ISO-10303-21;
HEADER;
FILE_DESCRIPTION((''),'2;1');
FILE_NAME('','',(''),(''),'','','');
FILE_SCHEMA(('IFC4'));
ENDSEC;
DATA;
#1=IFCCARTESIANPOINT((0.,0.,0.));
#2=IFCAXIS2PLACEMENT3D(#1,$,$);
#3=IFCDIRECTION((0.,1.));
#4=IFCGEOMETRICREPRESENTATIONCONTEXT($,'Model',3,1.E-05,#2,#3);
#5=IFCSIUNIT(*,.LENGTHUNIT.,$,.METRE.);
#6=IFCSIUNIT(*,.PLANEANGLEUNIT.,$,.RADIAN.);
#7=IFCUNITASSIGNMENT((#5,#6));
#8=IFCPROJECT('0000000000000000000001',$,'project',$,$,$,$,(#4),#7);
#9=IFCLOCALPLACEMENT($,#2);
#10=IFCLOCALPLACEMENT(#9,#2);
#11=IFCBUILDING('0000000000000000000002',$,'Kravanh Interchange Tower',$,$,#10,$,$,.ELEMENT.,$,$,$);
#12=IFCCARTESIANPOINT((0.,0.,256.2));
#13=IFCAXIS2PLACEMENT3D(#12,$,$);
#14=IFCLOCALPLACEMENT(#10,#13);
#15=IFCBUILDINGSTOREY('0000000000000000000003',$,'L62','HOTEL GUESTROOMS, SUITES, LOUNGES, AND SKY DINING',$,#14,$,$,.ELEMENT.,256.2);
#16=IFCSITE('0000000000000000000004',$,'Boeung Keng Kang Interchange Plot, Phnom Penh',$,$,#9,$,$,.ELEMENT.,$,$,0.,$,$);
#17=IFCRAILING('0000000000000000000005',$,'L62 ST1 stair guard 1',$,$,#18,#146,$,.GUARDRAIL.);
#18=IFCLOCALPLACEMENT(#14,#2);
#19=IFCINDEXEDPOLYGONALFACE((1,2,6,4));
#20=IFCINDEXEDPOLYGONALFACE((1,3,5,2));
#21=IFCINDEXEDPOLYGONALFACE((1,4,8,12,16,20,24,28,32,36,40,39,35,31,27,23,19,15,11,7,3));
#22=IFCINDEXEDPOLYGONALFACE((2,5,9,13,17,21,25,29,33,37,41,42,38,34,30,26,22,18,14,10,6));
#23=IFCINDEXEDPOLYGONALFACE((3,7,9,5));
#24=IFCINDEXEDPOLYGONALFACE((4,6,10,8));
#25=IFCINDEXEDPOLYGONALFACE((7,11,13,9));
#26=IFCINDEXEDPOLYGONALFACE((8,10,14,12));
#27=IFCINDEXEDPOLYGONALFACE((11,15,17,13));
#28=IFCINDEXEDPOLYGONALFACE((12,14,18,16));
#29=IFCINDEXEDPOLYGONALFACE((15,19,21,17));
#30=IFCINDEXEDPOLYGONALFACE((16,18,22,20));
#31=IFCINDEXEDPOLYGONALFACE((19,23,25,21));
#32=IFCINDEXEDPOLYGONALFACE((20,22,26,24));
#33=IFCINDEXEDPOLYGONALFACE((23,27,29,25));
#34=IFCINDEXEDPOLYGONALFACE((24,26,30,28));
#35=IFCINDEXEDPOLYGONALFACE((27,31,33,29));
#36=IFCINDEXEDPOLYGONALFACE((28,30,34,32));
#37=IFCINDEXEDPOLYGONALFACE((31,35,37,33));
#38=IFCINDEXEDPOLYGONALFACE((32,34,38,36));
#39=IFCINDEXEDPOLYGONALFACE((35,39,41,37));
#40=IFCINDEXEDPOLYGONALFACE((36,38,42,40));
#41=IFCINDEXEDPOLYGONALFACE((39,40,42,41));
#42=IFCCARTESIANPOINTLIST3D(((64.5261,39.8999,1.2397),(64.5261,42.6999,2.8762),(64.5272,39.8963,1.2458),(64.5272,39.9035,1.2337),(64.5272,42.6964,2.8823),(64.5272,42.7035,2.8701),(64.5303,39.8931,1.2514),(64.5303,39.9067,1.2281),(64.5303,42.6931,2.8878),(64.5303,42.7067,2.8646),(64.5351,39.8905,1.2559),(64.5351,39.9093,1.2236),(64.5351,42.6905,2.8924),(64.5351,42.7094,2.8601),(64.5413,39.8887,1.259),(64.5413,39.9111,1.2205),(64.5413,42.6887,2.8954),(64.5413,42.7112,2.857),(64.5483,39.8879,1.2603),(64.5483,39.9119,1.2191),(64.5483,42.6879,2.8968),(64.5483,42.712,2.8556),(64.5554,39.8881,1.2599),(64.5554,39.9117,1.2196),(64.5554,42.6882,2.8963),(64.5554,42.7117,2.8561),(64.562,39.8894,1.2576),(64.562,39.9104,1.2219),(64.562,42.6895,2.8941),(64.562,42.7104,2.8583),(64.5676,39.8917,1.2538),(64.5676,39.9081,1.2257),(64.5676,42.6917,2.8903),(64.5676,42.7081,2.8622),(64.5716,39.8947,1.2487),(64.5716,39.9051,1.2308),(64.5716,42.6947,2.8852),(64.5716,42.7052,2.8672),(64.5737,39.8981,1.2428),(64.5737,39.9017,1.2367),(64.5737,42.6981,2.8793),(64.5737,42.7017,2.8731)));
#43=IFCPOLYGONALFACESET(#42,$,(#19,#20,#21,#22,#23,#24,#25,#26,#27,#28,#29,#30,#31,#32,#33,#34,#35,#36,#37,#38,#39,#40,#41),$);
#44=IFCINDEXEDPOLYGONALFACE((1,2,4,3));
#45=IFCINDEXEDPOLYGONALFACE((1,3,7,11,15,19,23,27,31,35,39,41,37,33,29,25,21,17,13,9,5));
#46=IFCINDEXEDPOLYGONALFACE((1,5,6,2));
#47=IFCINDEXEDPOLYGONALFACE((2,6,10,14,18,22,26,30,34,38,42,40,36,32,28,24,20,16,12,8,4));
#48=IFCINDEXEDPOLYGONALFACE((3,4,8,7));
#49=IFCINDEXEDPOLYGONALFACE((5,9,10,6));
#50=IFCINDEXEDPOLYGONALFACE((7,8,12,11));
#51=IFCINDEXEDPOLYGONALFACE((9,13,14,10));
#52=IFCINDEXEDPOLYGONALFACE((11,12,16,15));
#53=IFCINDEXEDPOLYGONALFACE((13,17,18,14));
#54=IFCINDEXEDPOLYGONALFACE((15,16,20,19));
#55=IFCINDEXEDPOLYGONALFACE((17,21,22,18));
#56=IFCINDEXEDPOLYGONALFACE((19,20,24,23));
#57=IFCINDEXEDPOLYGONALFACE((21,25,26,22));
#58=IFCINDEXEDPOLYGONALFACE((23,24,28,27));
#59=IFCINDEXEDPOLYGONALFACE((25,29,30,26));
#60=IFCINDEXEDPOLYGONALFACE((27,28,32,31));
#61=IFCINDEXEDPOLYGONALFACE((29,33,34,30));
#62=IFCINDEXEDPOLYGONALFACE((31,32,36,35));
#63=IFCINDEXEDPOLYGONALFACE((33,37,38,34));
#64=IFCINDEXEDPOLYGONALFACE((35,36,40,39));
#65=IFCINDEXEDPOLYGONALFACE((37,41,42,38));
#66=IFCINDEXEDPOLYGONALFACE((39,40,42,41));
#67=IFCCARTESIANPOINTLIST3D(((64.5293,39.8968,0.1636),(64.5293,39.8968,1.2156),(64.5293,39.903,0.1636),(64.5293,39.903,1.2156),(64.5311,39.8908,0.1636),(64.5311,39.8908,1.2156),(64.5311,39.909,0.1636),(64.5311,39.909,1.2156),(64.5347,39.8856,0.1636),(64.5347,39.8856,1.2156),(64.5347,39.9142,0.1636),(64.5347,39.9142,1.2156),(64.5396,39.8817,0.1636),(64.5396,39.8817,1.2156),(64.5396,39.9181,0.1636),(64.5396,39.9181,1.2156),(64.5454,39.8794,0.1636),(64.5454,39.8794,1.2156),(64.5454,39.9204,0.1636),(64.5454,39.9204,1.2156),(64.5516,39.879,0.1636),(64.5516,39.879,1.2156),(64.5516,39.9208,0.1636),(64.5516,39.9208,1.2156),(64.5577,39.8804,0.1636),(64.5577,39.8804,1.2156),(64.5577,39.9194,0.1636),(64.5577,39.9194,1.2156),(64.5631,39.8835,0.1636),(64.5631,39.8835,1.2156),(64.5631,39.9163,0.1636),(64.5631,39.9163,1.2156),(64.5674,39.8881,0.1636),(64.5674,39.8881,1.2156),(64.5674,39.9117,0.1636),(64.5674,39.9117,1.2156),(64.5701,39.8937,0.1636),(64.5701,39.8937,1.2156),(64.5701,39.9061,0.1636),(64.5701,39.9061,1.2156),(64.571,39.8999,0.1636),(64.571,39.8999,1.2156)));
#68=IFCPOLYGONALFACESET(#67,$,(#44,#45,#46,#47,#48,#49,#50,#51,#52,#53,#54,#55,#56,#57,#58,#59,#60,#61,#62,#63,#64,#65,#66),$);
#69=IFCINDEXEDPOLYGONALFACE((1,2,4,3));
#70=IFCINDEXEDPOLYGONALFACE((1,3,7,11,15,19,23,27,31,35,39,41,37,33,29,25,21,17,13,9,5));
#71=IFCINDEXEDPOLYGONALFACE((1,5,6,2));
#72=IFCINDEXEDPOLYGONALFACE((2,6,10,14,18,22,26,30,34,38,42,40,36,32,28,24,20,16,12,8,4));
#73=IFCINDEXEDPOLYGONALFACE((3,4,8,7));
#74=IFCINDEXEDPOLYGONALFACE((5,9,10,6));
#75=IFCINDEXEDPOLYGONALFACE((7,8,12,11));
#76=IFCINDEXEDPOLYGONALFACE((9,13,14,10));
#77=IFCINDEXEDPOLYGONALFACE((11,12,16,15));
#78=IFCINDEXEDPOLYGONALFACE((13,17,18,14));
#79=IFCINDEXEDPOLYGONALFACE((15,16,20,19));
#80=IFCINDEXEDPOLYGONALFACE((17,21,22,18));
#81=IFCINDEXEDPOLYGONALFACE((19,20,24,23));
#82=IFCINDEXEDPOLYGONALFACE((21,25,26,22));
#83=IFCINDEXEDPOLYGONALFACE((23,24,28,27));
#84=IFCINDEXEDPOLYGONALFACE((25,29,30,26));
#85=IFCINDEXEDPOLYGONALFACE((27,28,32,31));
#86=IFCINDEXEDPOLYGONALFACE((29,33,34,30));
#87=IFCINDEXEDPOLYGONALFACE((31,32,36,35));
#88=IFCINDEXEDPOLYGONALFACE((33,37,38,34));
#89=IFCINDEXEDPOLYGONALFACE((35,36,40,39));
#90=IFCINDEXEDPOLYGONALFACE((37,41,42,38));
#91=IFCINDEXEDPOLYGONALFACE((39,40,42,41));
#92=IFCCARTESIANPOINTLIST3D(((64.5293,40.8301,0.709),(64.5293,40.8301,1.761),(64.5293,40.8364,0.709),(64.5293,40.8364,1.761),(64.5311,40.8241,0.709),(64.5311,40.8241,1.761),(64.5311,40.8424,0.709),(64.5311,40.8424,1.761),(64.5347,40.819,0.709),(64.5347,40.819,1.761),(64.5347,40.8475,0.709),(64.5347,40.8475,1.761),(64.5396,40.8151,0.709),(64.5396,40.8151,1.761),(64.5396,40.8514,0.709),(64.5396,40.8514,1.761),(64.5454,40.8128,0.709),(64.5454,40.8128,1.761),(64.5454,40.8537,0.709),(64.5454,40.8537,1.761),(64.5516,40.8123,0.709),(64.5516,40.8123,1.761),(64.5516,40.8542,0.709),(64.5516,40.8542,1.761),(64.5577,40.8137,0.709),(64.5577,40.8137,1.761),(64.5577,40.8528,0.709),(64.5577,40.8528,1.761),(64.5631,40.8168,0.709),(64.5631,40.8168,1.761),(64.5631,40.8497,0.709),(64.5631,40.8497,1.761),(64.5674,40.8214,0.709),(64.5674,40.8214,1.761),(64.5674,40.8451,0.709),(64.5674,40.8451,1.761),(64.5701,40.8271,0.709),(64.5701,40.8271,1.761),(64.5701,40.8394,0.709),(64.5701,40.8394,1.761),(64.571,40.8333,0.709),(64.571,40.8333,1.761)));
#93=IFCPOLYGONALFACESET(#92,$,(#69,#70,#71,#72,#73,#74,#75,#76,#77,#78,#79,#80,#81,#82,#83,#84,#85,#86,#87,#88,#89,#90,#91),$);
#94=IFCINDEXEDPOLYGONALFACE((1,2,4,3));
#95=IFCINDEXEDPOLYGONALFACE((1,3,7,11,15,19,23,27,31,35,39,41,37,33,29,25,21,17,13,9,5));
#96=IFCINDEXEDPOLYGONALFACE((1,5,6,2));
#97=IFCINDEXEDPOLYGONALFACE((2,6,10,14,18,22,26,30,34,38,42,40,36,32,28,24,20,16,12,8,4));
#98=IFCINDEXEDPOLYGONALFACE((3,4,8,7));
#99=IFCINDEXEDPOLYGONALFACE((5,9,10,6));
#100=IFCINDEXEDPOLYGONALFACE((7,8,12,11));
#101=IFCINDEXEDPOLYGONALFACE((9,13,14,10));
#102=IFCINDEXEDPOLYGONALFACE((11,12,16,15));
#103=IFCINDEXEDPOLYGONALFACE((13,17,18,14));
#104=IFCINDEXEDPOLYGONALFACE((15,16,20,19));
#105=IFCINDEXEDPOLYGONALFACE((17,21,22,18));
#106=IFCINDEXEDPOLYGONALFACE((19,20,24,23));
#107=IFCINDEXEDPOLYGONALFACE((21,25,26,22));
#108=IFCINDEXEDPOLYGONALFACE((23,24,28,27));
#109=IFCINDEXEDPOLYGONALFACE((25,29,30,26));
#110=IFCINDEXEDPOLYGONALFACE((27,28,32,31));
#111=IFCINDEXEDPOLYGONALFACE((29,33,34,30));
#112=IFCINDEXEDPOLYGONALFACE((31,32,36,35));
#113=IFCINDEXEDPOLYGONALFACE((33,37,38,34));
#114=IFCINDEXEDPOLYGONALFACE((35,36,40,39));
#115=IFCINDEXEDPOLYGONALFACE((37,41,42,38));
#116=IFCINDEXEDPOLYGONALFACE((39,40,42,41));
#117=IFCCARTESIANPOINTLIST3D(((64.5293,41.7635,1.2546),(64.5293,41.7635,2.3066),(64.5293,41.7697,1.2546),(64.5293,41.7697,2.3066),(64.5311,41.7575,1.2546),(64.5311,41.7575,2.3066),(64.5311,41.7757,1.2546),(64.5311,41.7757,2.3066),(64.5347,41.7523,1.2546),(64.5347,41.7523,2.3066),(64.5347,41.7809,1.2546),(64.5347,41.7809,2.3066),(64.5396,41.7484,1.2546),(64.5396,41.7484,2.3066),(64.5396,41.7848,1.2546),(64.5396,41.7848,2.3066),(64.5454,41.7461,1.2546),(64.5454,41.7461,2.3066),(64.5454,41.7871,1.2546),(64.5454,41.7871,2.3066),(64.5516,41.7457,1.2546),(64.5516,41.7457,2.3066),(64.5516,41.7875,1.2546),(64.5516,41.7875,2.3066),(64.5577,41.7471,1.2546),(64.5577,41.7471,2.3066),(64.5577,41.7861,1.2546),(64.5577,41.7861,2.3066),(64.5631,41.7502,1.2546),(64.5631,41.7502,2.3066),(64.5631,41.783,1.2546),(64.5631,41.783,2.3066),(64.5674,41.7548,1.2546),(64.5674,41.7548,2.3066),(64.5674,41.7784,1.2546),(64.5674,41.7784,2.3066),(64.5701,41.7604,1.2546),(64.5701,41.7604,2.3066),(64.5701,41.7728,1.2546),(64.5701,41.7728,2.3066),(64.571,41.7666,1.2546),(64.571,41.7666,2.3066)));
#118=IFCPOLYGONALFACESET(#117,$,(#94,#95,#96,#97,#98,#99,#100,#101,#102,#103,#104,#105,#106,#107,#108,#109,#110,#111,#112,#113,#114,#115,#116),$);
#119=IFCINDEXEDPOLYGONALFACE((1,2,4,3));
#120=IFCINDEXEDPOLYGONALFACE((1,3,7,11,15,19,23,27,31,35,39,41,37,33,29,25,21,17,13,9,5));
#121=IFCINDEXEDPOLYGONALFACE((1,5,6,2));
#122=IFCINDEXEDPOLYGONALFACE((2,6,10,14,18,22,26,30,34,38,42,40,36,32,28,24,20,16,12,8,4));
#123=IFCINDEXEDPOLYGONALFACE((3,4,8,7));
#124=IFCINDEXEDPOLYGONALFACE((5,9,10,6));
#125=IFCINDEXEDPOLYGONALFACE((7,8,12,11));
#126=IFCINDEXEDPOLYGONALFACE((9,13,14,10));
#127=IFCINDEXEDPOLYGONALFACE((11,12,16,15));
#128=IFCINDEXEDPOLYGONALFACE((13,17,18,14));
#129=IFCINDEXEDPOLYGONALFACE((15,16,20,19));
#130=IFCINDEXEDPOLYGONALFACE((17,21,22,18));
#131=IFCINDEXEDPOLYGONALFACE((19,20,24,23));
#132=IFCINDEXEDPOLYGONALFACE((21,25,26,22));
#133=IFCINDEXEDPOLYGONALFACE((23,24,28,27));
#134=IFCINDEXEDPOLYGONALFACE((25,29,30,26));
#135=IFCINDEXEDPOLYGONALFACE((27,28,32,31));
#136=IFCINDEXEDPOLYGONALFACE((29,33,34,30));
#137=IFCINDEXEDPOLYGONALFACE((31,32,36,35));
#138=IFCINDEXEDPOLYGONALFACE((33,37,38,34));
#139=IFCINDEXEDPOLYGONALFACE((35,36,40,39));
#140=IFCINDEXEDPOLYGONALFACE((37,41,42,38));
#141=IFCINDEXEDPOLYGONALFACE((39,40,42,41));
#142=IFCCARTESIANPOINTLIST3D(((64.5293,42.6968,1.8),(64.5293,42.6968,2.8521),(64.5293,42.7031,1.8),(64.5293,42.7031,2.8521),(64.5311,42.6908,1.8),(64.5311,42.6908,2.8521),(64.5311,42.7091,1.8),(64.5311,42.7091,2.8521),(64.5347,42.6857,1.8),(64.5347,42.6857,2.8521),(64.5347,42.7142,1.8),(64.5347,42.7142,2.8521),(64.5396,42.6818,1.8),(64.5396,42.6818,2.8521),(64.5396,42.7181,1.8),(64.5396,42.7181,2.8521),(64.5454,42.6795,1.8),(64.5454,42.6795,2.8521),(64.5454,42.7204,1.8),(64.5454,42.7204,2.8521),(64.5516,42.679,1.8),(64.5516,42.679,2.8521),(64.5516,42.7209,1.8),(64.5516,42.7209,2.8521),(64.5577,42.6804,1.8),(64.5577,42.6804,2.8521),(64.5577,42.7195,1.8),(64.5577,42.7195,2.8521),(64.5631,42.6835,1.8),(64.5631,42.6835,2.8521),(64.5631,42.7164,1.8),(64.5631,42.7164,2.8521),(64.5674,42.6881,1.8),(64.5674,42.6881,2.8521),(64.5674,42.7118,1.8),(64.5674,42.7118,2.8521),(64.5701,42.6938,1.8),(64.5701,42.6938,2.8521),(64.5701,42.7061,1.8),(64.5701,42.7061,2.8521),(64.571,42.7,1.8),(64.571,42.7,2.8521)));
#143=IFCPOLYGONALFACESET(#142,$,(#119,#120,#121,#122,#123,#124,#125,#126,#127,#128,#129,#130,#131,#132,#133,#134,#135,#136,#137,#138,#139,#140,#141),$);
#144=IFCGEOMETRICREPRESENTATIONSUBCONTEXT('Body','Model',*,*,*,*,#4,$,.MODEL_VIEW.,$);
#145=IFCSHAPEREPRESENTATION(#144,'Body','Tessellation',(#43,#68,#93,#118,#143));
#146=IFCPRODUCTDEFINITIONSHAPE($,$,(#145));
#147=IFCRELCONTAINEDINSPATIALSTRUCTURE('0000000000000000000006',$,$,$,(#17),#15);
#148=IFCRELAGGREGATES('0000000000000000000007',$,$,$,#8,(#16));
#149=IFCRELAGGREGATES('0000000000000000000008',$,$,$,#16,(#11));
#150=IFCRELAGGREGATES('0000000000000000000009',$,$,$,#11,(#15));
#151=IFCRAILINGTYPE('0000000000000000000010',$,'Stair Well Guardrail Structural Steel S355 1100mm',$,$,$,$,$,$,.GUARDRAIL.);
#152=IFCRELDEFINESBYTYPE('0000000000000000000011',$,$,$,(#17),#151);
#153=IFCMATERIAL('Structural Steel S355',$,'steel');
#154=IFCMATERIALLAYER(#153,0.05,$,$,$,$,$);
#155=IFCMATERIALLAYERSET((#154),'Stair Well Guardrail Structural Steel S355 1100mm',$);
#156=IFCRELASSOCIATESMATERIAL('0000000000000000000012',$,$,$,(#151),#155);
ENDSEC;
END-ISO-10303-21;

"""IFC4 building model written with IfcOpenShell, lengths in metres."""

from ifc_helpers import new_model, si_unit, direction, frame, origin, origin_2d, place, context, subcontext, project, spatial, circle, extrude, material, layer, layer_set, type_object, element, save


model = new_model("IFC4")

# Units and contexts
model_context = context("Model", 3, precision=1e-05, world=origin(), true_north=direction((0.0, 1.0)))
body_context = subcontext(model_context, "Body", "Model", "MODEL_VIEW")
ifc_project = project(units=[si_unit("LENGTHUNIT", "METRE"), si_unit("PLANEANGLEUNIT", "RADIAN")], contexts=[model_context])

# Site, building, storey
site_placement = place(None, origin())
site = spatial("IfcSite", under=ifc_project, at=site_placement, Name="Boeung Keng Kang Interchange Plot, Phnom Penh", CompositionType="ELEMENT", RefElevation=0.0)
building_placement = place(site_placement, origin())
building = spatial("IfcBuilding", under=site, at=building_placement, Name="Kravanh Interchange Tower", CompositionType="ELEMENT")
storey_placement = place(building_placement, frame((0.0, 0.0, 256.2)))
storey = spatial("IfcBuildingStorey", under=building, at=storey_placement, Name="L62", Description="HOTEL GUESTROOMS, SUITES, LOUNGES, AND SKY DINING", CompositionType="ELEMENT", Elevation=256.2)

# Railing
ifc_material_1 = material(Name="Structural Steel S355", Category="steel")
ifc_layer_1 = layer(ifc_material_1, 0.05)
ifc_layer_set_1 = layer_set([ifc_layer_1], Name="Stair Well Guardrail Structural Steel S355 1100mm")
railing_type_1 = type_object("IfcRailingType", Name="Stair Well Guardrail Structural Steel S355 1100mm", PredefinedType="GUARDRAIL", material=ifc_layer_set_1)
railing_1_placement = place(storey_placement, frame((64.55, 39.8999, 0.1636)))
element("IfcRailing", 1, at=railing_1_placement, inside=storey, type_object=railing_type_1, Name="L62 ST1 stair guard 1", PredefinedType="GUARDRAIL", context=body_context, shape_type="SweptSolid", body=[
    extrude(circle(Radius=0.0239, at=origin_2d()), frame((0.0, 0.0, 1.0762), z_axis=(0.0, 0.863361, 0.504587), x_axis=(-1.0, 0.0, 0.0)), (0.0, 0.0, 1.0), 3.2432),
    extrude(circle(Radius=0.021, at=origin_2d()), origin(), (0.0, 0.0, 1.0), 1.052),
    extrude(circle(Radius=0.021, at=origin_2d()), frame((0.0, 0.9333, 0.5454)), (0.0, 0.0, 1.0), 1.052),
    extrude(circle(Radius=0.021, at=origin_2d()), frame((0.0, 1.8667, 1.0911)), (0.0, 0.0, 1.0), 1.052),
    extrude(circle(Radius=0.021, at=origin_2d()), frame((0.0, 2.8, 1.6365)), (0.0, 0.0, 1.0), 1.052),
])

save(model, "model.ifc")
